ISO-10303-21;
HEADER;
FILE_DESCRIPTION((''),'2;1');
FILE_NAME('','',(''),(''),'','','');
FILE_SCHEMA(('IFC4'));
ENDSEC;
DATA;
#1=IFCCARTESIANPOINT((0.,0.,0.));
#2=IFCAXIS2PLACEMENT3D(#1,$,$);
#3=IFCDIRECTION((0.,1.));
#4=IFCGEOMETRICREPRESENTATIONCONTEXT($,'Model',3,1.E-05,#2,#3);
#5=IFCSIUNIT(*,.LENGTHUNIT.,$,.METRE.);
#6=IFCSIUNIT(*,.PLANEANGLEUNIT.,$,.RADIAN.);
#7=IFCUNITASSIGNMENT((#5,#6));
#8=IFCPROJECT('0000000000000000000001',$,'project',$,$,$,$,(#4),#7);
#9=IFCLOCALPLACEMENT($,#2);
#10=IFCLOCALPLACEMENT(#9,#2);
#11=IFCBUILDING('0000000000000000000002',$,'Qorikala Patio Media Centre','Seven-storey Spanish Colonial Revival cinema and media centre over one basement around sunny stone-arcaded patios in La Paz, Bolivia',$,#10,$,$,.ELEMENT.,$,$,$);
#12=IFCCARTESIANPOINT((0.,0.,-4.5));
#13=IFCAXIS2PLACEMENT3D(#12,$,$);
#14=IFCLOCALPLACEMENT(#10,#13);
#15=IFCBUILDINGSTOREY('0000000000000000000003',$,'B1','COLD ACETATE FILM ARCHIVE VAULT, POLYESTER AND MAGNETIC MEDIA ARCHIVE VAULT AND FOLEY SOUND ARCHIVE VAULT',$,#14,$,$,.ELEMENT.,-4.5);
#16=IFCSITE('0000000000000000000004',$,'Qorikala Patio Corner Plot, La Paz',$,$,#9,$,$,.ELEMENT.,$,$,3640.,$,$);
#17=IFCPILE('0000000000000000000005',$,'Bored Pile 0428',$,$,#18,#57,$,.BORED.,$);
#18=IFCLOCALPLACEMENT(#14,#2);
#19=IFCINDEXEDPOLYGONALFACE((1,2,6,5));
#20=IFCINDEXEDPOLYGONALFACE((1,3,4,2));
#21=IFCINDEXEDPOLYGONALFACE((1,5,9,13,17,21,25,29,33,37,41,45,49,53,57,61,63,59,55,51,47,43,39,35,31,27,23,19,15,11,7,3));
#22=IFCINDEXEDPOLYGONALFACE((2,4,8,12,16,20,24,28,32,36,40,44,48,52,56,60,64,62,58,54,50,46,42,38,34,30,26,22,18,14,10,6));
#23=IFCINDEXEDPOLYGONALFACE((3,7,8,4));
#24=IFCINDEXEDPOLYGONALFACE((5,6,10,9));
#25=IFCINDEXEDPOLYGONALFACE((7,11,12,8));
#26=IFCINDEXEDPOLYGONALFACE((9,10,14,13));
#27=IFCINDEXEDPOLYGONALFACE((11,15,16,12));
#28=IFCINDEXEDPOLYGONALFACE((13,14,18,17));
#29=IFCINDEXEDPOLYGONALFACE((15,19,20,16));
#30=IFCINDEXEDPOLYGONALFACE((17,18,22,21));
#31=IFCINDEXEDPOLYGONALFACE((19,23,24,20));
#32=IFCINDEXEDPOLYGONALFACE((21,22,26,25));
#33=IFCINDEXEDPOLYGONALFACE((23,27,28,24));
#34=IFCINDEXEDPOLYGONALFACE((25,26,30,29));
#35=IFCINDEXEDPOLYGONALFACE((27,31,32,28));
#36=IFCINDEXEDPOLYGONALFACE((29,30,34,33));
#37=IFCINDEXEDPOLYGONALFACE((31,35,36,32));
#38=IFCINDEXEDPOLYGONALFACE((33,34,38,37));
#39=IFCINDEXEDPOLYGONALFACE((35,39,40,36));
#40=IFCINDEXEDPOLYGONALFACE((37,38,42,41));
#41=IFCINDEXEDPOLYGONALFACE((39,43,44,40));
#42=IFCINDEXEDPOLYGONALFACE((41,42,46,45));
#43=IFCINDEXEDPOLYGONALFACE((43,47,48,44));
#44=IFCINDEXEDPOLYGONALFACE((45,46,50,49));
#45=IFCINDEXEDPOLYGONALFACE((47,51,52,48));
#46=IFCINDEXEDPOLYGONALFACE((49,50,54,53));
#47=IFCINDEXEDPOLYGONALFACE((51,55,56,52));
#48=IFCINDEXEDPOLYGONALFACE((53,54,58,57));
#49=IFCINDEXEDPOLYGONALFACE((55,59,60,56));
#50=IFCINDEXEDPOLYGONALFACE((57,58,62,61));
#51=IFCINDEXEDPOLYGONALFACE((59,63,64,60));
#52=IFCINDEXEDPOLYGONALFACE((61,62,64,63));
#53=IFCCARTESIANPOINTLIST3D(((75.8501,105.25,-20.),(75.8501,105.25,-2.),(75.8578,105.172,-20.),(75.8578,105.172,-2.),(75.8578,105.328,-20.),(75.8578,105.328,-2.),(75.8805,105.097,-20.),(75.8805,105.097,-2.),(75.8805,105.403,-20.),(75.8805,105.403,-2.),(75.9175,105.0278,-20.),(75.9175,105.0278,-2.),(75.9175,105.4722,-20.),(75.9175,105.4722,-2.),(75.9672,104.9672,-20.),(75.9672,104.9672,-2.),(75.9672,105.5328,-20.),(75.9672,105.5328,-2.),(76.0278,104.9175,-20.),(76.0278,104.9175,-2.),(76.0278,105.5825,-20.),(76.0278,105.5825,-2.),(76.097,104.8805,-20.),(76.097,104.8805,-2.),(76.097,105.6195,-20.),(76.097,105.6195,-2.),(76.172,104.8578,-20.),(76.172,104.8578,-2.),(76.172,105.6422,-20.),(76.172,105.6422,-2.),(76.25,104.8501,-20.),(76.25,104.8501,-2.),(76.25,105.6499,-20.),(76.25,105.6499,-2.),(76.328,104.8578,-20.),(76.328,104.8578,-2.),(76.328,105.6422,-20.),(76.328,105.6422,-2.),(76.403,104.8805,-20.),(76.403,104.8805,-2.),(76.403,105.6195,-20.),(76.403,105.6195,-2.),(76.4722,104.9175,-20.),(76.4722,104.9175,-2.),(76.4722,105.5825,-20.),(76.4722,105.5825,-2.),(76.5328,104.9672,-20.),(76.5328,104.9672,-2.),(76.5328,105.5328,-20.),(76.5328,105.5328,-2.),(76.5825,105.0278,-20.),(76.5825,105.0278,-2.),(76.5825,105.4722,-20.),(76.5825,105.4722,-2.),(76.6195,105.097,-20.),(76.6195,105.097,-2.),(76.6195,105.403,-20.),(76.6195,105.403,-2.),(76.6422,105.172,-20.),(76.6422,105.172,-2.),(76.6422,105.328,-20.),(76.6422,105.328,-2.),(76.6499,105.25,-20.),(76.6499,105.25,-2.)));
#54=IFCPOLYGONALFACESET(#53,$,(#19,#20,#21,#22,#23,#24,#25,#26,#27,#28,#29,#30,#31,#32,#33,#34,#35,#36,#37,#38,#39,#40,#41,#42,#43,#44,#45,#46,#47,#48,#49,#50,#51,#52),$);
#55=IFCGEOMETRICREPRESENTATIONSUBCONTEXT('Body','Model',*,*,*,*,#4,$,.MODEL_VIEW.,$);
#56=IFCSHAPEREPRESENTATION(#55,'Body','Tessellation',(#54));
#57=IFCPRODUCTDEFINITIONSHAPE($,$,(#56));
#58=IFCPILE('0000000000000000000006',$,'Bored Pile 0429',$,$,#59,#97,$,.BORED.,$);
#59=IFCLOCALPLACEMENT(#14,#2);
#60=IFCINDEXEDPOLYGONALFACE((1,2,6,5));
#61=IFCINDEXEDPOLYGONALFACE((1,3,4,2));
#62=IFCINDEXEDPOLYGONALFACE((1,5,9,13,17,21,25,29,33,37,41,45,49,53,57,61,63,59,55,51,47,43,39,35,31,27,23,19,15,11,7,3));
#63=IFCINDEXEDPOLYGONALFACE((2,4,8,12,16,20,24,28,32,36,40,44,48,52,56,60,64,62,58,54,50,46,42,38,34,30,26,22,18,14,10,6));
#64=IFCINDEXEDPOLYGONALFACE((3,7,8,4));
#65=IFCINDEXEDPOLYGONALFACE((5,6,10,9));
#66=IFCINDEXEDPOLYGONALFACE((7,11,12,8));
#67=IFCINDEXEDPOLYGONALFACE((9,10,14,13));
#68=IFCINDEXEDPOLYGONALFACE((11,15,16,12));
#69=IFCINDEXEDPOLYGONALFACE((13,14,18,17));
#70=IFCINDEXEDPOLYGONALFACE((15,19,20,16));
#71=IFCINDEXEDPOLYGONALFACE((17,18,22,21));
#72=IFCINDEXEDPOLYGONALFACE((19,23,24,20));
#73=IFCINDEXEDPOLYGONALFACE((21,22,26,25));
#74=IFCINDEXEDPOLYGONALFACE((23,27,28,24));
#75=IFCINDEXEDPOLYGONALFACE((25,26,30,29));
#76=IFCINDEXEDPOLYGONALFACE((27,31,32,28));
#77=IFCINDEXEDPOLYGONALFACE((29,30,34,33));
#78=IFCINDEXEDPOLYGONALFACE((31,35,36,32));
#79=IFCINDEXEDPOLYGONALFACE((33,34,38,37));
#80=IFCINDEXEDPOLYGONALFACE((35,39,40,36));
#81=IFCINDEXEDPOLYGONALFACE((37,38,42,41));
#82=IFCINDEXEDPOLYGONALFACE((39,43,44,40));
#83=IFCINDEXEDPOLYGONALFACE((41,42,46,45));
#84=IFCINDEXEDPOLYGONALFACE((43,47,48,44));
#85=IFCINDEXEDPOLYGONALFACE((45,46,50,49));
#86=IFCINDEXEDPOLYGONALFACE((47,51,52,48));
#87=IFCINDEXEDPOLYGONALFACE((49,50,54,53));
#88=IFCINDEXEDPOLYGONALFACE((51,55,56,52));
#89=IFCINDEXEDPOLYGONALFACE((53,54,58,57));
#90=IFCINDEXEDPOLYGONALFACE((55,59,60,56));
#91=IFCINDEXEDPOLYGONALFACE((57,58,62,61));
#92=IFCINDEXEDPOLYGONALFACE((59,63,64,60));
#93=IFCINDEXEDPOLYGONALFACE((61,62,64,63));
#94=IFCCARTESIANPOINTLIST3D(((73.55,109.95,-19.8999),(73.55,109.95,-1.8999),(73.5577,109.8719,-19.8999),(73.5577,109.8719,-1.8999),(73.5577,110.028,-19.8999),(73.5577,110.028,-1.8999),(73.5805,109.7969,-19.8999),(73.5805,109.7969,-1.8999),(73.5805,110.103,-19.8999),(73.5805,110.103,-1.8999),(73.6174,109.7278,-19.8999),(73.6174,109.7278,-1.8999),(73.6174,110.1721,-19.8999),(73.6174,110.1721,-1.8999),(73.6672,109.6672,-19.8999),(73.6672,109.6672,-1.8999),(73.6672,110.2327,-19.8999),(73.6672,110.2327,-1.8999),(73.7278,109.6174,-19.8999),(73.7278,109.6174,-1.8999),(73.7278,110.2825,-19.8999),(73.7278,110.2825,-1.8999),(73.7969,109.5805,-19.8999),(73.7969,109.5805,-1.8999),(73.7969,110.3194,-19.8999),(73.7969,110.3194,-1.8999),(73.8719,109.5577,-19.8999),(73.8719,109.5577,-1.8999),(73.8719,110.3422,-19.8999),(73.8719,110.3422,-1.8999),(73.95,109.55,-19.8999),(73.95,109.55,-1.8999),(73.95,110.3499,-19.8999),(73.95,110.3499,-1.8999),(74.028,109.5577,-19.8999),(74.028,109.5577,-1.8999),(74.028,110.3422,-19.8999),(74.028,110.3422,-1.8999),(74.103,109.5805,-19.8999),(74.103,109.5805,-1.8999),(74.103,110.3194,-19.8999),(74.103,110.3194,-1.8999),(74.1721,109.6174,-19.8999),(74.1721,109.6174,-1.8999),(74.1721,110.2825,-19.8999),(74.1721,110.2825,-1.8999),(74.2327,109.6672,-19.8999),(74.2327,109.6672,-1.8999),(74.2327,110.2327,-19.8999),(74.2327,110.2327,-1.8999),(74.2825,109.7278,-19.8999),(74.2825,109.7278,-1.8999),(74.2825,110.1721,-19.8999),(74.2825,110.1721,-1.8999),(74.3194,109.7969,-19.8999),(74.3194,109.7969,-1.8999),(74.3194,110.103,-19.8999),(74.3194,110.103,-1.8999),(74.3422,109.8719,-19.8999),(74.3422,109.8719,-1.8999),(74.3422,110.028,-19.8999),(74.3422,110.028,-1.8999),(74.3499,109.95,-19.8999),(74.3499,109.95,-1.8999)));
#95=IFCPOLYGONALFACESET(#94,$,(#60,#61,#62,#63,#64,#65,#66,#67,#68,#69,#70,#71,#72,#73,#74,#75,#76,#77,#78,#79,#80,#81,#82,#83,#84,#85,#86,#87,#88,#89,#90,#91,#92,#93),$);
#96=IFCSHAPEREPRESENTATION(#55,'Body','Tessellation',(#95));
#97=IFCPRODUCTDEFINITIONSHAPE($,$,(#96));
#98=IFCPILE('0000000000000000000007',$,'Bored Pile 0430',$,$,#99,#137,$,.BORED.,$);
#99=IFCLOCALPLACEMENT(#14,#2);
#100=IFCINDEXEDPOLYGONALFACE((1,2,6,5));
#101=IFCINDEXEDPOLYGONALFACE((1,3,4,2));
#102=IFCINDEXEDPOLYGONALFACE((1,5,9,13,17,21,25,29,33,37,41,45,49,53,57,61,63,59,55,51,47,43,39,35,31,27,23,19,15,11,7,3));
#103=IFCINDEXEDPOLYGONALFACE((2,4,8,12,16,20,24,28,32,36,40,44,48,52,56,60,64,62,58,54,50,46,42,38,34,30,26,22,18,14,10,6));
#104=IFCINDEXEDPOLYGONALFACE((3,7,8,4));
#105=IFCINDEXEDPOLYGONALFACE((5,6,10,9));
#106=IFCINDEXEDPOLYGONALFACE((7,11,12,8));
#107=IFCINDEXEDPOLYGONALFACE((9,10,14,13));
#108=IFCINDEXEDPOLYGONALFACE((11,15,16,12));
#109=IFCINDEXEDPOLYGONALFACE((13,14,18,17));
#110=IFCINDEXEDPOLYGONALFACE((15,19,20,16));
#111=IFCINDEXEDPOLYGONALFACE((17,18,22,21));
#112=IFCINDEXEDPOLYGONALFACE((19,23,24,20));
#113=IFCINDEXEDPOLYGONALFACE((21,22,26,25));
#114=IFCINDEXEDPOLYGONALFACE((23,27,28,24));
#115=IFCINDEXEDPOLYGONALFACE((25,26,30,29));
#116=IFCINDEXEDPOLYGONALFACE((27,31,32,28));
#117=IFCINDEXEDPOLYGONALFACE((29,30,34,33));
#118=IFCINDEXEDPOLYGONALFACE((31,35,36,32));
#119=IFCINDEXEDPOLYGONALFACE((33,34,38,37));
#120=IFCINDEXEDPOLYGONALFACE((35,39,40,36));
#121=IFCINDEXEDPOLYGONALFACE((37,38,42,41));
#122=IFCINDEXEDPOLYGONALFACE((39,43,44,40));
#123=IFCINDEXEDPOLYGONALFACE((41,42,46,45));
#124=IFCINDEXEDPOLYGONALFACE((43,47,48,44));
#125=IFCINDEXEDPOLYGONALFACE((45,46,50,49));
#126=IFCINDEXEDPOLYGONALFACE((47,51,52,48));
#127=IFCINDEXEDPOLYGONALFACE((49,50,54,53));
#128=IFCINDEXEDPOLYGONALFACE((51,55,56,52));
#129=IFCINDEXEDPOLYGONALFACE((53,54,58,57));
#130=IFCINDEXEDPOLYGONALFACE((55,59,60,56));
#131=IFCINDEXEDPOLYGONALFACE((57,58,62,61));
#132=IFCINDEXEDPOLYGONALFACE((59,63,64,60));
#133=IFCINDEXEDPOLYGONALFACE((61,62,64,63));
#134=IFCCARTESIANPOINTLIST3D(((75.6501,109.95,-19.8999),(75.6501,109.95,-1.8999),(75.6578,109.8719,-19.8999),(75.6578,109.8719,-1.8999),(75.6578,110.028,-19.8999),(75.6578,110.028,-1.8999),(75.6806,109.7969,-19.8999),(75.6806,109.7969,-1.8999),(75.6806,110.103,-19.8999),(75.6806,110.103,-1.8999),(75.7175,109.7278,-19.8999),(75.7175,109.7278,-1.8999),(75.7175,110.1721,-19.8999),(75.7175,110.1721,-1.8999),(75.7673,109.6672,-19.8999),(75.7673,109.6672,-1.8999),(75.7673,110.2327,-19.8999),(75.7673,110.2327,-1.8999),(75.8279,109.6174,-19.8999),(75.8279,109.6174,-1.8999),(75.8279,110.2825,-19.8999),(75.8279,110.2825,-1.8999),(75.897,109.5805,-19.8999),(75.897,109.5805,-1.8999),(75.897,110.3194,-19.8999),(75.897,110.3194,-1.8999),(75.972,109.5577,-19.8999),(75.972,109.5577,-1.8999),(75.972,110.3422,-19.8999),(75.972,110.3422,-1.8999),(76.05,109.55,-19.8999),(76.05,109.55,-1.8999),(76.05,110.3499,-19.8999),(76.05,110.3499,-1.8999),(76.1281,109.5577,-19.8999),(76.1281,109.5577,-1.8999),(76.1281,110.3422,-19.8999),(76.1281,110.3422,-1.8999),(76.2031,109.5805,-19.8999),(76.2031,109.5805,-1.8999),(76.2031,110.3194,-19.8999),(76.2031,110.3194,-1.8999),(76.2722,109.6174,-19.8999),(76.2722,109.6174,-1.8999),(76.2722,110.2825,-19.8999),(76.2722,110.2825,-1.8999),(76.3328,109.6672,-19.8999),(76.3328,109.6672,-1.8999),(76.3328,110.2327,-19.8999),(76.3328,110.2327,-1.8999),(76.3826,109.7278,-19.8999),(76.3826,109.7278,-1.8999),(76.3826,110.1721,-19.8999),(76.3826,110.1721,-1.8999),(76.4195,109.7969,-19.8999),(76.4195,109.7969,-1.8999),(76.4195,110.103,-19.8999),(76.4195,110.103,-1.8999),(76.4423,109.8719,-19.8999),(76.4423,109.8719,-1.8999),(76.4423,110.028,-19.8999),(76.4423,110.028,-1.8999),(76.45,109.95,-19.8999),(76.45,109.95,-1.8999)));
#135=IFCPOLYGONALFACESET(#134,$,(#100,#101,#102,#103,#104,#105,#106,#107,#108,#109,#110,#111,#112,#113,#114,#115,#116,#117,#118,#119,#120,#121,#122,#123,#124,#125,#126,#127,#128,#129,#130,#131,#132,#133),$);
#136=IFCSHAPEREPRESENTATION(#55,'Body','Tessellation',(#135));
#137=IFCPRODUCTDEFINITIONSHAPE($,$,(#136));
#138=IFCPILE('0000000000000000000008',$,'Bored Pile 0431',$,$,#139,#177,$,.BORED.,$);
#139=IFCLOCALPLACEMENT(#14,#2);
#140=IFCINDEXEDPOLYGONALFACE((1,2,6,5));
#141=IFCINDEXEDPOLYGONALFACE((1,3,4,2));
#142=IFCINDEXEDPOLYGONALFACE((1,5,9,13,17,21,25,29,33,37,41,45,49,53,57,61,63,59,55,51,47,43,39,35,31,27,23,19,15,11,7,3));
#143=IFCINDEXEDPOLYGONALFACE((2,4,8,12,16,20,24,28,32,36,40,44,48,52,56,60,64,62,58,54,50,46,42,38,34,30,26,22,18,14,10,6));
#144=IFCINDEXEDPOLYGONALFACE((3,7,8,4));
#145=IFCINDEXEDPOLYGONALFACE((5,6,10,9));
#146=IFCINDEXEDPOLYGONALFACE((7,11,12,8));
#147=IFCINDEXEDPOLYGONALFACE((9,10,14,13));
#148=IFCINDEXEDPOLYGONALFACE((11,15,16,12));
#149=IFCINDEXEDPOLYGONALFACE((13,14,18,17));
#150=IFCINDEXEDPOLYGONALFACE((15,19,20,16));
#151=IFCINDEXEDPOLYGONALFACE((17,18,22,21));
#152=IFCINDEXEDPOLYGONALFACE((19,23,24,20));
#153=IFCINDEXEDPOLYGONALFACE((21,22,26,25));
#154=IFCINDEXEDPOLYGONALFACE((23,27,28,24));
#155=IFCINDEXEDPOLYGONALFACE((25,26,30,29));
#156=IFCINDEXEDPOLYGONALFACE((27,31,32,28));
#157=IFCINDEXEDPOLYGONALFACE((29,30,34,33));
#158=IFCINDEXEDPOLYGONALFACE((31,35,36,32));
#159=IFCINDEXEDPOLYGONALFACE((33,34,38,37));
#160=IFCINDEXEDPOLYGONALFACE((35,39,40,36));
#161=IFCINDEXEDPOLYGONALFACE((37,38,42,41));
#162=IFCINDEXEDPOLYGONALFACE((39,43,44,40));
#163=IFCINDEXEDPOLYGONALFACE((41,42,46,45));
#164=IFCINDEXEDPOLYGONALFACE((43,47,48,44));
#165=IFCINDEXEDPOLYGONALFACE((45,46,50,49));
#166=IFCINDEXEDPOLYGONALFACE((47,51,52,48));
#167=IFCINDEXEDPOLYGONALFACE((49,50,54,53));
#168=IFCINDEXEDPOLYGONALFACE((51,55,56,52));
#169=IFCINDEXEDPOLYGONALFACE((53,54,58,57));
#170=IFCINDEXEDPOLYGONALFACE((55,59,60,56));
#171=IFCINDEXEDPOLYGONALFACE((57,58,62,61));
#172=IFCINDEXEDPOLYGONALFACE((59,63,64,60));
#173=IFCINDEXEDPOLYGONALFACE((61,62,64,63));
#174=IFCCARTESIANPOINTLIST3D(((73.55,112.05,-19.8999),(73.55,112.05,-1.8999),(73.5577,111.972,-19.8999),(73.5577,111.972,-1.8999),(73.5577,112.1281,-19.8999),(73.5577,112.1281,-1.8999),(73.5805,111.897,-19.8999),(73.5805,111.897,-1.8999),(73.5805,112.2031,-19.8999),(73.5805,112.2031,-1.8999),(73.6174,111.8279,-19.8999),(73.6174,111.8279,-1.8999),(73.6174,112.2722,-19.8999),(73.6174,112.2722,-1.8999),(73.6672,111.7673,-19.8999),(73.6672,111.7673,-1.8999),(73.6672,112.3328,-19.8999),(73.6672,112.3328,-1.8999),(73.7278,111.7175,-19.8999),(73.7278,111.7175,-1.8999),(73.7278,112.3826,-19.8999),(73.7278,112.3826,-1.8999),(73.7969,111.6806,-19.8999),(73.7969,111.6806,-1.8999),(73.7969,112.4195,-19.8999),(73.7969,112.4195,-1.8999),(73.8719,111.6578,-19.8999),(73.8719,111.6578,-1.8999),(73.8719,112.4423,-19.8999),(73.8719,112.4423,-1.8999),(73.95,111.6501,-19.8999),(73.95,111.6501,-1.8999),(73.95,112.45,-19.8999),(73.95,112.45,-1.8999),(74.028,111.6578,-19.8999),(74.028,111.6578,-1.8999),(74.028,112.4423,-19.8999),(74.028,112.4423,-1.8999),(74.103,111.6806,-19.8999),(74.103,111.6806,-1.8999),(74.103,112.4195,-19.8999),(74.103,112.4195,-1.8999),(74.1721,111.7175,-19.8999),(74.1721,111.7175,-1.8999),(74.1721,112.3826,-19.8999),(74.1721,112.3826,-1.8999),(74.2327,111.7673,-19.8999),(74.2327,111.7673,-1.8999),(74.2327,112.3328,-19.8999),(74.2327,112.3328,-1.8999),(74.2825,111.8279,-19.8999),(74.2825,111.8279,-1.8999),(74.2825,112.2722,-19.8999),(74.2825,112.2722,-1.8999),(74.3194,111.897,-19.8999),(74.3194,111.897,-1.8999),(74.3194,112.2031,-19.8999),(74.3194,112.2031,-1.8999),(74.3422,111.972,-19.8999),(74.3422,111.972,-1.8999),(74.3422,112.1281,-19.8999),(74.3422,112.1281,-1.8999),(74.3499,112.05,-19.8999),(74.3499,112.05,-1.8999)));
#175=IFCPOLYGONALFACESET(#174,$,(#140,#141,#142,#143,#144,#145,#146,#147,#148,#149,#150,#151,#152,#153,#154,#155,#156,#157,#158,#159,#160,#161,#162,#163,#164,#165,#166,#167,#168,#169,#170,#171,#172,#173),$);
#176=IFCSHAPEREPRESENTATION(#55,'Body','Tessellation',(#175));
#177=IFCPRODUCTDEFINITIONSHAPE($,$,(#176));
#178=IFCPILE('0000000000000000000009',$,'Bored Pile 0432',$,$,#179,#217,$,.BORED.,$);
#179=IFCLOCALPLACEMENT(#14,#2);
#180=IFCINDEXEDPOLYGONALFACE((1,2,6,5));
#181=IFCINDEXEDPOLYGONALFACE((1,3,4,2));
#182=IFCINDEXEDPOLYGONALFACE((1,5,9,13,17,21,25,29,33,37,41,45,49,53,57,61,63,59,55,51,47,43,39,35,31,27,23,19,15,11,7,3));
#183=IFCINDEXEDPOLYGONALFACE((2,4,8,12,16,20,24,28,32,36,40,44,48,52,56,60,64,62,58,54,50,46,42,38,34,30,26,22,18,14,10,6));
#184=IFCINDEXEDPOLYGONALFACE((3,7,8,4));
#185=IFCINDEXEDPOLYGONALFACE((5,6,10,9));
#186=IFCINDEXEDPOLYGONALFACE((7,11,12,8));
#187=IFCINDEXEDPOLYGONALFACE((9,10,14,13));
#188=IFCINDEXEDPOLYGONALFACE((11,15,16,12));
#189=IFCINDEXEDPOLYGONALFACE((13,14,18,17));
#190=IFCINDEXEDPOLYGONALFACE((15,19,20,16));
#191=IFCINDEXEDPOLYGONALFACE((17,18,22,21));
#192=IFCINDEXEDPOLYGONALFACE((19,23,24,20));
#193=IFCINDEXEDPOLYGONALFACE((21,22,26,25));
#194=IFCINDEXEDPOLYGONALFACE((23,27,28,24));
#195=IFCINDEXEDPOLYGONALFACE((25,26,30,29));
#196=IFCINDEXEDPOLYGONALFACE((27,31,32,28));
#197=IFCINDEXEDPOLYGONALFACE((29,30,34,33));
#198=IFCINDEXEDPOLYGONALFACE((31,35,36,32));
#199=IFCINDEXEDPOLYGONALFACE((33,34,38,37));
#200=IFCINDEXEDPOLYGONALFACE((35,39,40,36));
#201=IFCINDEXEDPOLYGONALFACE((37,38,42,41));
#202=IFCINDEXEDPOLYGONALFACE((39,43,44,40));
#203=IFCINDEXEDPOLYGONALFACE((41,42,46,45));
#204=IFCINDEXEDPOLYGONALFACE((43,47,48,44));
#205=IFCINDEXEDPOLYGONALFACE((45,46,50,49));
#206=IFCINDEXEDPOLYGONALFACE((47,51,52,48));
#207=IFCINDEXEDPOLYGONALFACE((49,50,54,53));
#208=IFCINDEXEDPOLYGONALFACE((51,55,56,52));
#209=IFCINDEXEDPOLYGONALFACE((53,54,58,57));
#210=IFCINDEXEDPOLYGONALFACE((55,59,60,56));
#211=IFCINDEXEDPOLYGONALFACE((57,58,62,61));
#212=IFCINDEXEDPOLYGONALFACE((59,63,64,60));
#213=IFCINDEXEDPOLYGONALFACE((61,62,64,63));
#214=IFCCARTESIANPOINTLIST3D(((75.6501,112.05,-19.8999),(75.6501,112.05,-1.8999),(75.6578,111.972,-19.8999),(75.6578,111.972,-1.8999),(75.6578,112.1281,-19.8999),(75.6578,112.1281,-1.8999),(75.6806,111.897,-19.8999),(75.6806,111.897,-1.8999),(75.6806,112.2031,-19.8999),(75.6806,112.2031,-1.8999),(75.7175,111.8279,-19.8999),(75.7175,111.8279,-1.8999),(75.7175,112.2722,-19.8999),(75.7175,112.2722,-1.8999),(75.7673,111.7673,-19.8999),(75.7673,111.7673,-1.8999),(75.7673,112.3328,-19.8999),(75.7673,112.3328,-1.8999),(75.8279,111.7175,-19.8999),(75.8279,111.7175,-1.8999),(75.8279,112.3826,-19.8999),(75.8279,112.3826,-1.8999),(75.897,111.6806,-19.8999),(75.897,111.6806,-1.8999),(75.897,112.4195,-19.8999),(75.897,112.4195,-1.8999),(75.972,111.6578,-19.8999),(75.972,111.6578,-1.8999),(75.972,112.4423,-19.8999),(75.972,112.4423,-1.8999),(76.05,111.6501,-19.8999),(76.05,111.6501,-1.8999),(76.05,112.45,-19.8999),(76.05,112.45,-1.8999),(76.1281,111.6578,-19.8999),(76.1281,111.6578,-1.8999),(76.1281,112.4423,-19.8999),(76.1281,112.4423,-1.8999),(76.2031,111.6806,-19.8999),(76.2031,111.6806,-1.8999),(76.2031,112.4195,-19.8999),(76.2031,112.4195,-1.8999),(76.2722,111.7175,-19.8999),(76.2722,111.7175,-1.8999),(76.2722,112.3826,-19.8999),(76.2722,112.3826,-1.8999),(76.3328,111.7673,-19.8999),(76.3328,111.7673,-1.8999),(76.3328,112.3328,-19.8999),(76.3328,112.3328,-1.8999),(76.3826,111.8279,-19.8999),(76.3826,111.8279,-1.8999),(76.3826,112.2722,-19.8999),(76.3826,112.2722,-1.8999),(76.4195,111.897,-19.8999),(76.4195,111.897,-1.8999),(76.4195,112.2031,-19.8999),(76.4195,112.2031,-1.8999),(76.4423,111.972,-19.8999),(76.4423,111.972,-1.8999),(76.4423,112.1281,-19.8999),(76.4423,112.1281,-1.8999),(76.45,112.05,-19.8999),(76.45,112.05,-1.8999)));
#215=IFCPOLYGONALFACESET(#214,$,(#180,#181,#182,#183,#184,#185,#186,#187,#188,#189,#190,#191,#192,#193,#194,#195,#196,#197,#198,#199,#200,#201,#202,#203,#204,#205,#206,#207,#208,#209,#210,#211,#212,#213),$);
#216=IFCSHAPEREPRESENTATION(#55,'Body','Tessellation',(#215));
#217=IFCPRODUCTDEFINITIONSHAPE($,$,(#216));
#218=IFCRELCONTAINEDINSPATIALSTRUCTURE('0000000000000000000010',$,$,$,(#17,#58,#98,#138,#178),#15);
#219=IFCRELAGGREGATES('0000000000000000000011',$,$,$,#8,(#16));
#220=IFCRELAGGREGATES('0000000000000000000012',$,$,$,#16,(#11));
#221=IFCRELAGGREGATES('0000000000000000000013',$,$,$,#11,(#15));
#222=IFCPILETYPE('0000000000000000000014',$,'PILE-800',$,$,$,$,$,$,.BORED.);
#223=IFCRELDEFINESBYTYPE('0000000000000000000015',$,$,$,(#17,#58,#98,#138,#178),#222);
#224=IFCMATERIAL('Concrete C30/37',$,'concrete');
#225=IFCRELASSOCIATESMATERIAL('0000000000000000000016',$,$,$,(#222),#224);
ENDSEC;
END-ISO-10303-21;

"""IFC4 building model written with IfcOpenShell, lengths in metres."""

from ifc_helpers import new_model, si_unit, direction, frame, origin, origin_2d, place, context, subcontext, project, spatial, circle, extrude, material, material_profile, profile_set, type_object, element, save


model = new_model("IFC4")

# Units and contexts
model_context = context("Model", 3, precision=1e-05, world=origin(), true_north=direction((0.0, 1.0)))
body_context = subcontext(model_context, "Body", "Model", "MODEL_VIEW")
ifc_project = project(units=[si_unit("LENGTHUNIT", "METRE"), si_unit("PLANEANGLEUNIT", "RADIAN")], contexts=[model_context])

# Site, building, storey
site_placement = place(None, origin())
site = spatial("IfcSite", under=ifc_project, at=site_placement, Name="Qorikala Patio Corner Plot, La Paz", CompositionType="ELEMENT", RefElevation=3640.0)
building_placement = place(site_placement, origin())
building = spatial("IfcBuilding", under=site, at=building_placement, Name="Qorikala Patio Media Centre", Description="Seven-storey Spanish Colonial Revival cinema and media centre over one basement around sunny stone-arcaded patios in La Paz, Bolivia", CompositionType="ELEMENT")
storey_placement = place(building_placement, frame((0.0, 0.0, -4.5)))
storey = spatial("IfcBuildingStorey", under=building, at=storey_placement, Name="B1", Description="COLD ACETATE FILM ARCHIVE VAULT, POLYESTER AND MAGNETIC MEDIA ARCHIVE VAULT AND FOLEY SOUND ARCHIVE VAULT", CompositionType="ELEMENT", Elevation=-4.5)

# Shared definitions
ifc_material_1 = material(Name="Concrete C30/37", Category="concrete")

# Piles
ifc_material_profile_1 = material_profile(ifc_material_1, circle(Radius=0.3999, at=origin_2d()), Name="BORED PILE 800")
ifc_profile_set_1 = profile_set([ifc_material_profile_1], Name="Concrete C30/37")
pile_type_1 = type_object("IfcPileType", Name="PILE-800", PredefinedType="BORED", material=ifc_profile_set_1)
for number, where, z_axis, x_axis, name in (
    (1, (76.25, 105.25, -2.0), (0.0, 0.0, -1.0), (1.0, 0.0, 0.0), "Bored Pile 0428"),
    (2, (73.95, 109.95, -1.8999), (0.0, 0.0, -1.0), (1.0, 0.0, 0.0), "Bored Pile 0429"),
    (3, (76.05, 109.95, -1.8999), (0.0, 0.0, -1.0), (1.0, 0.0, 0.0), "Bored Pile 0430"),
    (4, (73.95, 112.05, -1.8999), (0.0, 0.0, -1.0), (1.0, 0.0, 0.0), "Bored Pile 0431"),
    (5, (76.05, 112.05, -1.8999), (0.0, 0.0, -1.0), (1.0, 0.0, 0.0), "Bored Pile 0432"),
):
    element("IfcPile", number, at=place(storey_placement, frame(where, z_axis=z_axis, x_axis=x_axis)), inside=storey, type_object=pile_type_1, Name=name, PredefinedType="BORED", context=body_context, shape_type="SweptSolid", body=[
        extrude(circle(Radius=0.3999, at=origin_2d()), origin(), (0.0, 0.0, 1.0), 18.0),
    ])

save(model, "model.ifc")
